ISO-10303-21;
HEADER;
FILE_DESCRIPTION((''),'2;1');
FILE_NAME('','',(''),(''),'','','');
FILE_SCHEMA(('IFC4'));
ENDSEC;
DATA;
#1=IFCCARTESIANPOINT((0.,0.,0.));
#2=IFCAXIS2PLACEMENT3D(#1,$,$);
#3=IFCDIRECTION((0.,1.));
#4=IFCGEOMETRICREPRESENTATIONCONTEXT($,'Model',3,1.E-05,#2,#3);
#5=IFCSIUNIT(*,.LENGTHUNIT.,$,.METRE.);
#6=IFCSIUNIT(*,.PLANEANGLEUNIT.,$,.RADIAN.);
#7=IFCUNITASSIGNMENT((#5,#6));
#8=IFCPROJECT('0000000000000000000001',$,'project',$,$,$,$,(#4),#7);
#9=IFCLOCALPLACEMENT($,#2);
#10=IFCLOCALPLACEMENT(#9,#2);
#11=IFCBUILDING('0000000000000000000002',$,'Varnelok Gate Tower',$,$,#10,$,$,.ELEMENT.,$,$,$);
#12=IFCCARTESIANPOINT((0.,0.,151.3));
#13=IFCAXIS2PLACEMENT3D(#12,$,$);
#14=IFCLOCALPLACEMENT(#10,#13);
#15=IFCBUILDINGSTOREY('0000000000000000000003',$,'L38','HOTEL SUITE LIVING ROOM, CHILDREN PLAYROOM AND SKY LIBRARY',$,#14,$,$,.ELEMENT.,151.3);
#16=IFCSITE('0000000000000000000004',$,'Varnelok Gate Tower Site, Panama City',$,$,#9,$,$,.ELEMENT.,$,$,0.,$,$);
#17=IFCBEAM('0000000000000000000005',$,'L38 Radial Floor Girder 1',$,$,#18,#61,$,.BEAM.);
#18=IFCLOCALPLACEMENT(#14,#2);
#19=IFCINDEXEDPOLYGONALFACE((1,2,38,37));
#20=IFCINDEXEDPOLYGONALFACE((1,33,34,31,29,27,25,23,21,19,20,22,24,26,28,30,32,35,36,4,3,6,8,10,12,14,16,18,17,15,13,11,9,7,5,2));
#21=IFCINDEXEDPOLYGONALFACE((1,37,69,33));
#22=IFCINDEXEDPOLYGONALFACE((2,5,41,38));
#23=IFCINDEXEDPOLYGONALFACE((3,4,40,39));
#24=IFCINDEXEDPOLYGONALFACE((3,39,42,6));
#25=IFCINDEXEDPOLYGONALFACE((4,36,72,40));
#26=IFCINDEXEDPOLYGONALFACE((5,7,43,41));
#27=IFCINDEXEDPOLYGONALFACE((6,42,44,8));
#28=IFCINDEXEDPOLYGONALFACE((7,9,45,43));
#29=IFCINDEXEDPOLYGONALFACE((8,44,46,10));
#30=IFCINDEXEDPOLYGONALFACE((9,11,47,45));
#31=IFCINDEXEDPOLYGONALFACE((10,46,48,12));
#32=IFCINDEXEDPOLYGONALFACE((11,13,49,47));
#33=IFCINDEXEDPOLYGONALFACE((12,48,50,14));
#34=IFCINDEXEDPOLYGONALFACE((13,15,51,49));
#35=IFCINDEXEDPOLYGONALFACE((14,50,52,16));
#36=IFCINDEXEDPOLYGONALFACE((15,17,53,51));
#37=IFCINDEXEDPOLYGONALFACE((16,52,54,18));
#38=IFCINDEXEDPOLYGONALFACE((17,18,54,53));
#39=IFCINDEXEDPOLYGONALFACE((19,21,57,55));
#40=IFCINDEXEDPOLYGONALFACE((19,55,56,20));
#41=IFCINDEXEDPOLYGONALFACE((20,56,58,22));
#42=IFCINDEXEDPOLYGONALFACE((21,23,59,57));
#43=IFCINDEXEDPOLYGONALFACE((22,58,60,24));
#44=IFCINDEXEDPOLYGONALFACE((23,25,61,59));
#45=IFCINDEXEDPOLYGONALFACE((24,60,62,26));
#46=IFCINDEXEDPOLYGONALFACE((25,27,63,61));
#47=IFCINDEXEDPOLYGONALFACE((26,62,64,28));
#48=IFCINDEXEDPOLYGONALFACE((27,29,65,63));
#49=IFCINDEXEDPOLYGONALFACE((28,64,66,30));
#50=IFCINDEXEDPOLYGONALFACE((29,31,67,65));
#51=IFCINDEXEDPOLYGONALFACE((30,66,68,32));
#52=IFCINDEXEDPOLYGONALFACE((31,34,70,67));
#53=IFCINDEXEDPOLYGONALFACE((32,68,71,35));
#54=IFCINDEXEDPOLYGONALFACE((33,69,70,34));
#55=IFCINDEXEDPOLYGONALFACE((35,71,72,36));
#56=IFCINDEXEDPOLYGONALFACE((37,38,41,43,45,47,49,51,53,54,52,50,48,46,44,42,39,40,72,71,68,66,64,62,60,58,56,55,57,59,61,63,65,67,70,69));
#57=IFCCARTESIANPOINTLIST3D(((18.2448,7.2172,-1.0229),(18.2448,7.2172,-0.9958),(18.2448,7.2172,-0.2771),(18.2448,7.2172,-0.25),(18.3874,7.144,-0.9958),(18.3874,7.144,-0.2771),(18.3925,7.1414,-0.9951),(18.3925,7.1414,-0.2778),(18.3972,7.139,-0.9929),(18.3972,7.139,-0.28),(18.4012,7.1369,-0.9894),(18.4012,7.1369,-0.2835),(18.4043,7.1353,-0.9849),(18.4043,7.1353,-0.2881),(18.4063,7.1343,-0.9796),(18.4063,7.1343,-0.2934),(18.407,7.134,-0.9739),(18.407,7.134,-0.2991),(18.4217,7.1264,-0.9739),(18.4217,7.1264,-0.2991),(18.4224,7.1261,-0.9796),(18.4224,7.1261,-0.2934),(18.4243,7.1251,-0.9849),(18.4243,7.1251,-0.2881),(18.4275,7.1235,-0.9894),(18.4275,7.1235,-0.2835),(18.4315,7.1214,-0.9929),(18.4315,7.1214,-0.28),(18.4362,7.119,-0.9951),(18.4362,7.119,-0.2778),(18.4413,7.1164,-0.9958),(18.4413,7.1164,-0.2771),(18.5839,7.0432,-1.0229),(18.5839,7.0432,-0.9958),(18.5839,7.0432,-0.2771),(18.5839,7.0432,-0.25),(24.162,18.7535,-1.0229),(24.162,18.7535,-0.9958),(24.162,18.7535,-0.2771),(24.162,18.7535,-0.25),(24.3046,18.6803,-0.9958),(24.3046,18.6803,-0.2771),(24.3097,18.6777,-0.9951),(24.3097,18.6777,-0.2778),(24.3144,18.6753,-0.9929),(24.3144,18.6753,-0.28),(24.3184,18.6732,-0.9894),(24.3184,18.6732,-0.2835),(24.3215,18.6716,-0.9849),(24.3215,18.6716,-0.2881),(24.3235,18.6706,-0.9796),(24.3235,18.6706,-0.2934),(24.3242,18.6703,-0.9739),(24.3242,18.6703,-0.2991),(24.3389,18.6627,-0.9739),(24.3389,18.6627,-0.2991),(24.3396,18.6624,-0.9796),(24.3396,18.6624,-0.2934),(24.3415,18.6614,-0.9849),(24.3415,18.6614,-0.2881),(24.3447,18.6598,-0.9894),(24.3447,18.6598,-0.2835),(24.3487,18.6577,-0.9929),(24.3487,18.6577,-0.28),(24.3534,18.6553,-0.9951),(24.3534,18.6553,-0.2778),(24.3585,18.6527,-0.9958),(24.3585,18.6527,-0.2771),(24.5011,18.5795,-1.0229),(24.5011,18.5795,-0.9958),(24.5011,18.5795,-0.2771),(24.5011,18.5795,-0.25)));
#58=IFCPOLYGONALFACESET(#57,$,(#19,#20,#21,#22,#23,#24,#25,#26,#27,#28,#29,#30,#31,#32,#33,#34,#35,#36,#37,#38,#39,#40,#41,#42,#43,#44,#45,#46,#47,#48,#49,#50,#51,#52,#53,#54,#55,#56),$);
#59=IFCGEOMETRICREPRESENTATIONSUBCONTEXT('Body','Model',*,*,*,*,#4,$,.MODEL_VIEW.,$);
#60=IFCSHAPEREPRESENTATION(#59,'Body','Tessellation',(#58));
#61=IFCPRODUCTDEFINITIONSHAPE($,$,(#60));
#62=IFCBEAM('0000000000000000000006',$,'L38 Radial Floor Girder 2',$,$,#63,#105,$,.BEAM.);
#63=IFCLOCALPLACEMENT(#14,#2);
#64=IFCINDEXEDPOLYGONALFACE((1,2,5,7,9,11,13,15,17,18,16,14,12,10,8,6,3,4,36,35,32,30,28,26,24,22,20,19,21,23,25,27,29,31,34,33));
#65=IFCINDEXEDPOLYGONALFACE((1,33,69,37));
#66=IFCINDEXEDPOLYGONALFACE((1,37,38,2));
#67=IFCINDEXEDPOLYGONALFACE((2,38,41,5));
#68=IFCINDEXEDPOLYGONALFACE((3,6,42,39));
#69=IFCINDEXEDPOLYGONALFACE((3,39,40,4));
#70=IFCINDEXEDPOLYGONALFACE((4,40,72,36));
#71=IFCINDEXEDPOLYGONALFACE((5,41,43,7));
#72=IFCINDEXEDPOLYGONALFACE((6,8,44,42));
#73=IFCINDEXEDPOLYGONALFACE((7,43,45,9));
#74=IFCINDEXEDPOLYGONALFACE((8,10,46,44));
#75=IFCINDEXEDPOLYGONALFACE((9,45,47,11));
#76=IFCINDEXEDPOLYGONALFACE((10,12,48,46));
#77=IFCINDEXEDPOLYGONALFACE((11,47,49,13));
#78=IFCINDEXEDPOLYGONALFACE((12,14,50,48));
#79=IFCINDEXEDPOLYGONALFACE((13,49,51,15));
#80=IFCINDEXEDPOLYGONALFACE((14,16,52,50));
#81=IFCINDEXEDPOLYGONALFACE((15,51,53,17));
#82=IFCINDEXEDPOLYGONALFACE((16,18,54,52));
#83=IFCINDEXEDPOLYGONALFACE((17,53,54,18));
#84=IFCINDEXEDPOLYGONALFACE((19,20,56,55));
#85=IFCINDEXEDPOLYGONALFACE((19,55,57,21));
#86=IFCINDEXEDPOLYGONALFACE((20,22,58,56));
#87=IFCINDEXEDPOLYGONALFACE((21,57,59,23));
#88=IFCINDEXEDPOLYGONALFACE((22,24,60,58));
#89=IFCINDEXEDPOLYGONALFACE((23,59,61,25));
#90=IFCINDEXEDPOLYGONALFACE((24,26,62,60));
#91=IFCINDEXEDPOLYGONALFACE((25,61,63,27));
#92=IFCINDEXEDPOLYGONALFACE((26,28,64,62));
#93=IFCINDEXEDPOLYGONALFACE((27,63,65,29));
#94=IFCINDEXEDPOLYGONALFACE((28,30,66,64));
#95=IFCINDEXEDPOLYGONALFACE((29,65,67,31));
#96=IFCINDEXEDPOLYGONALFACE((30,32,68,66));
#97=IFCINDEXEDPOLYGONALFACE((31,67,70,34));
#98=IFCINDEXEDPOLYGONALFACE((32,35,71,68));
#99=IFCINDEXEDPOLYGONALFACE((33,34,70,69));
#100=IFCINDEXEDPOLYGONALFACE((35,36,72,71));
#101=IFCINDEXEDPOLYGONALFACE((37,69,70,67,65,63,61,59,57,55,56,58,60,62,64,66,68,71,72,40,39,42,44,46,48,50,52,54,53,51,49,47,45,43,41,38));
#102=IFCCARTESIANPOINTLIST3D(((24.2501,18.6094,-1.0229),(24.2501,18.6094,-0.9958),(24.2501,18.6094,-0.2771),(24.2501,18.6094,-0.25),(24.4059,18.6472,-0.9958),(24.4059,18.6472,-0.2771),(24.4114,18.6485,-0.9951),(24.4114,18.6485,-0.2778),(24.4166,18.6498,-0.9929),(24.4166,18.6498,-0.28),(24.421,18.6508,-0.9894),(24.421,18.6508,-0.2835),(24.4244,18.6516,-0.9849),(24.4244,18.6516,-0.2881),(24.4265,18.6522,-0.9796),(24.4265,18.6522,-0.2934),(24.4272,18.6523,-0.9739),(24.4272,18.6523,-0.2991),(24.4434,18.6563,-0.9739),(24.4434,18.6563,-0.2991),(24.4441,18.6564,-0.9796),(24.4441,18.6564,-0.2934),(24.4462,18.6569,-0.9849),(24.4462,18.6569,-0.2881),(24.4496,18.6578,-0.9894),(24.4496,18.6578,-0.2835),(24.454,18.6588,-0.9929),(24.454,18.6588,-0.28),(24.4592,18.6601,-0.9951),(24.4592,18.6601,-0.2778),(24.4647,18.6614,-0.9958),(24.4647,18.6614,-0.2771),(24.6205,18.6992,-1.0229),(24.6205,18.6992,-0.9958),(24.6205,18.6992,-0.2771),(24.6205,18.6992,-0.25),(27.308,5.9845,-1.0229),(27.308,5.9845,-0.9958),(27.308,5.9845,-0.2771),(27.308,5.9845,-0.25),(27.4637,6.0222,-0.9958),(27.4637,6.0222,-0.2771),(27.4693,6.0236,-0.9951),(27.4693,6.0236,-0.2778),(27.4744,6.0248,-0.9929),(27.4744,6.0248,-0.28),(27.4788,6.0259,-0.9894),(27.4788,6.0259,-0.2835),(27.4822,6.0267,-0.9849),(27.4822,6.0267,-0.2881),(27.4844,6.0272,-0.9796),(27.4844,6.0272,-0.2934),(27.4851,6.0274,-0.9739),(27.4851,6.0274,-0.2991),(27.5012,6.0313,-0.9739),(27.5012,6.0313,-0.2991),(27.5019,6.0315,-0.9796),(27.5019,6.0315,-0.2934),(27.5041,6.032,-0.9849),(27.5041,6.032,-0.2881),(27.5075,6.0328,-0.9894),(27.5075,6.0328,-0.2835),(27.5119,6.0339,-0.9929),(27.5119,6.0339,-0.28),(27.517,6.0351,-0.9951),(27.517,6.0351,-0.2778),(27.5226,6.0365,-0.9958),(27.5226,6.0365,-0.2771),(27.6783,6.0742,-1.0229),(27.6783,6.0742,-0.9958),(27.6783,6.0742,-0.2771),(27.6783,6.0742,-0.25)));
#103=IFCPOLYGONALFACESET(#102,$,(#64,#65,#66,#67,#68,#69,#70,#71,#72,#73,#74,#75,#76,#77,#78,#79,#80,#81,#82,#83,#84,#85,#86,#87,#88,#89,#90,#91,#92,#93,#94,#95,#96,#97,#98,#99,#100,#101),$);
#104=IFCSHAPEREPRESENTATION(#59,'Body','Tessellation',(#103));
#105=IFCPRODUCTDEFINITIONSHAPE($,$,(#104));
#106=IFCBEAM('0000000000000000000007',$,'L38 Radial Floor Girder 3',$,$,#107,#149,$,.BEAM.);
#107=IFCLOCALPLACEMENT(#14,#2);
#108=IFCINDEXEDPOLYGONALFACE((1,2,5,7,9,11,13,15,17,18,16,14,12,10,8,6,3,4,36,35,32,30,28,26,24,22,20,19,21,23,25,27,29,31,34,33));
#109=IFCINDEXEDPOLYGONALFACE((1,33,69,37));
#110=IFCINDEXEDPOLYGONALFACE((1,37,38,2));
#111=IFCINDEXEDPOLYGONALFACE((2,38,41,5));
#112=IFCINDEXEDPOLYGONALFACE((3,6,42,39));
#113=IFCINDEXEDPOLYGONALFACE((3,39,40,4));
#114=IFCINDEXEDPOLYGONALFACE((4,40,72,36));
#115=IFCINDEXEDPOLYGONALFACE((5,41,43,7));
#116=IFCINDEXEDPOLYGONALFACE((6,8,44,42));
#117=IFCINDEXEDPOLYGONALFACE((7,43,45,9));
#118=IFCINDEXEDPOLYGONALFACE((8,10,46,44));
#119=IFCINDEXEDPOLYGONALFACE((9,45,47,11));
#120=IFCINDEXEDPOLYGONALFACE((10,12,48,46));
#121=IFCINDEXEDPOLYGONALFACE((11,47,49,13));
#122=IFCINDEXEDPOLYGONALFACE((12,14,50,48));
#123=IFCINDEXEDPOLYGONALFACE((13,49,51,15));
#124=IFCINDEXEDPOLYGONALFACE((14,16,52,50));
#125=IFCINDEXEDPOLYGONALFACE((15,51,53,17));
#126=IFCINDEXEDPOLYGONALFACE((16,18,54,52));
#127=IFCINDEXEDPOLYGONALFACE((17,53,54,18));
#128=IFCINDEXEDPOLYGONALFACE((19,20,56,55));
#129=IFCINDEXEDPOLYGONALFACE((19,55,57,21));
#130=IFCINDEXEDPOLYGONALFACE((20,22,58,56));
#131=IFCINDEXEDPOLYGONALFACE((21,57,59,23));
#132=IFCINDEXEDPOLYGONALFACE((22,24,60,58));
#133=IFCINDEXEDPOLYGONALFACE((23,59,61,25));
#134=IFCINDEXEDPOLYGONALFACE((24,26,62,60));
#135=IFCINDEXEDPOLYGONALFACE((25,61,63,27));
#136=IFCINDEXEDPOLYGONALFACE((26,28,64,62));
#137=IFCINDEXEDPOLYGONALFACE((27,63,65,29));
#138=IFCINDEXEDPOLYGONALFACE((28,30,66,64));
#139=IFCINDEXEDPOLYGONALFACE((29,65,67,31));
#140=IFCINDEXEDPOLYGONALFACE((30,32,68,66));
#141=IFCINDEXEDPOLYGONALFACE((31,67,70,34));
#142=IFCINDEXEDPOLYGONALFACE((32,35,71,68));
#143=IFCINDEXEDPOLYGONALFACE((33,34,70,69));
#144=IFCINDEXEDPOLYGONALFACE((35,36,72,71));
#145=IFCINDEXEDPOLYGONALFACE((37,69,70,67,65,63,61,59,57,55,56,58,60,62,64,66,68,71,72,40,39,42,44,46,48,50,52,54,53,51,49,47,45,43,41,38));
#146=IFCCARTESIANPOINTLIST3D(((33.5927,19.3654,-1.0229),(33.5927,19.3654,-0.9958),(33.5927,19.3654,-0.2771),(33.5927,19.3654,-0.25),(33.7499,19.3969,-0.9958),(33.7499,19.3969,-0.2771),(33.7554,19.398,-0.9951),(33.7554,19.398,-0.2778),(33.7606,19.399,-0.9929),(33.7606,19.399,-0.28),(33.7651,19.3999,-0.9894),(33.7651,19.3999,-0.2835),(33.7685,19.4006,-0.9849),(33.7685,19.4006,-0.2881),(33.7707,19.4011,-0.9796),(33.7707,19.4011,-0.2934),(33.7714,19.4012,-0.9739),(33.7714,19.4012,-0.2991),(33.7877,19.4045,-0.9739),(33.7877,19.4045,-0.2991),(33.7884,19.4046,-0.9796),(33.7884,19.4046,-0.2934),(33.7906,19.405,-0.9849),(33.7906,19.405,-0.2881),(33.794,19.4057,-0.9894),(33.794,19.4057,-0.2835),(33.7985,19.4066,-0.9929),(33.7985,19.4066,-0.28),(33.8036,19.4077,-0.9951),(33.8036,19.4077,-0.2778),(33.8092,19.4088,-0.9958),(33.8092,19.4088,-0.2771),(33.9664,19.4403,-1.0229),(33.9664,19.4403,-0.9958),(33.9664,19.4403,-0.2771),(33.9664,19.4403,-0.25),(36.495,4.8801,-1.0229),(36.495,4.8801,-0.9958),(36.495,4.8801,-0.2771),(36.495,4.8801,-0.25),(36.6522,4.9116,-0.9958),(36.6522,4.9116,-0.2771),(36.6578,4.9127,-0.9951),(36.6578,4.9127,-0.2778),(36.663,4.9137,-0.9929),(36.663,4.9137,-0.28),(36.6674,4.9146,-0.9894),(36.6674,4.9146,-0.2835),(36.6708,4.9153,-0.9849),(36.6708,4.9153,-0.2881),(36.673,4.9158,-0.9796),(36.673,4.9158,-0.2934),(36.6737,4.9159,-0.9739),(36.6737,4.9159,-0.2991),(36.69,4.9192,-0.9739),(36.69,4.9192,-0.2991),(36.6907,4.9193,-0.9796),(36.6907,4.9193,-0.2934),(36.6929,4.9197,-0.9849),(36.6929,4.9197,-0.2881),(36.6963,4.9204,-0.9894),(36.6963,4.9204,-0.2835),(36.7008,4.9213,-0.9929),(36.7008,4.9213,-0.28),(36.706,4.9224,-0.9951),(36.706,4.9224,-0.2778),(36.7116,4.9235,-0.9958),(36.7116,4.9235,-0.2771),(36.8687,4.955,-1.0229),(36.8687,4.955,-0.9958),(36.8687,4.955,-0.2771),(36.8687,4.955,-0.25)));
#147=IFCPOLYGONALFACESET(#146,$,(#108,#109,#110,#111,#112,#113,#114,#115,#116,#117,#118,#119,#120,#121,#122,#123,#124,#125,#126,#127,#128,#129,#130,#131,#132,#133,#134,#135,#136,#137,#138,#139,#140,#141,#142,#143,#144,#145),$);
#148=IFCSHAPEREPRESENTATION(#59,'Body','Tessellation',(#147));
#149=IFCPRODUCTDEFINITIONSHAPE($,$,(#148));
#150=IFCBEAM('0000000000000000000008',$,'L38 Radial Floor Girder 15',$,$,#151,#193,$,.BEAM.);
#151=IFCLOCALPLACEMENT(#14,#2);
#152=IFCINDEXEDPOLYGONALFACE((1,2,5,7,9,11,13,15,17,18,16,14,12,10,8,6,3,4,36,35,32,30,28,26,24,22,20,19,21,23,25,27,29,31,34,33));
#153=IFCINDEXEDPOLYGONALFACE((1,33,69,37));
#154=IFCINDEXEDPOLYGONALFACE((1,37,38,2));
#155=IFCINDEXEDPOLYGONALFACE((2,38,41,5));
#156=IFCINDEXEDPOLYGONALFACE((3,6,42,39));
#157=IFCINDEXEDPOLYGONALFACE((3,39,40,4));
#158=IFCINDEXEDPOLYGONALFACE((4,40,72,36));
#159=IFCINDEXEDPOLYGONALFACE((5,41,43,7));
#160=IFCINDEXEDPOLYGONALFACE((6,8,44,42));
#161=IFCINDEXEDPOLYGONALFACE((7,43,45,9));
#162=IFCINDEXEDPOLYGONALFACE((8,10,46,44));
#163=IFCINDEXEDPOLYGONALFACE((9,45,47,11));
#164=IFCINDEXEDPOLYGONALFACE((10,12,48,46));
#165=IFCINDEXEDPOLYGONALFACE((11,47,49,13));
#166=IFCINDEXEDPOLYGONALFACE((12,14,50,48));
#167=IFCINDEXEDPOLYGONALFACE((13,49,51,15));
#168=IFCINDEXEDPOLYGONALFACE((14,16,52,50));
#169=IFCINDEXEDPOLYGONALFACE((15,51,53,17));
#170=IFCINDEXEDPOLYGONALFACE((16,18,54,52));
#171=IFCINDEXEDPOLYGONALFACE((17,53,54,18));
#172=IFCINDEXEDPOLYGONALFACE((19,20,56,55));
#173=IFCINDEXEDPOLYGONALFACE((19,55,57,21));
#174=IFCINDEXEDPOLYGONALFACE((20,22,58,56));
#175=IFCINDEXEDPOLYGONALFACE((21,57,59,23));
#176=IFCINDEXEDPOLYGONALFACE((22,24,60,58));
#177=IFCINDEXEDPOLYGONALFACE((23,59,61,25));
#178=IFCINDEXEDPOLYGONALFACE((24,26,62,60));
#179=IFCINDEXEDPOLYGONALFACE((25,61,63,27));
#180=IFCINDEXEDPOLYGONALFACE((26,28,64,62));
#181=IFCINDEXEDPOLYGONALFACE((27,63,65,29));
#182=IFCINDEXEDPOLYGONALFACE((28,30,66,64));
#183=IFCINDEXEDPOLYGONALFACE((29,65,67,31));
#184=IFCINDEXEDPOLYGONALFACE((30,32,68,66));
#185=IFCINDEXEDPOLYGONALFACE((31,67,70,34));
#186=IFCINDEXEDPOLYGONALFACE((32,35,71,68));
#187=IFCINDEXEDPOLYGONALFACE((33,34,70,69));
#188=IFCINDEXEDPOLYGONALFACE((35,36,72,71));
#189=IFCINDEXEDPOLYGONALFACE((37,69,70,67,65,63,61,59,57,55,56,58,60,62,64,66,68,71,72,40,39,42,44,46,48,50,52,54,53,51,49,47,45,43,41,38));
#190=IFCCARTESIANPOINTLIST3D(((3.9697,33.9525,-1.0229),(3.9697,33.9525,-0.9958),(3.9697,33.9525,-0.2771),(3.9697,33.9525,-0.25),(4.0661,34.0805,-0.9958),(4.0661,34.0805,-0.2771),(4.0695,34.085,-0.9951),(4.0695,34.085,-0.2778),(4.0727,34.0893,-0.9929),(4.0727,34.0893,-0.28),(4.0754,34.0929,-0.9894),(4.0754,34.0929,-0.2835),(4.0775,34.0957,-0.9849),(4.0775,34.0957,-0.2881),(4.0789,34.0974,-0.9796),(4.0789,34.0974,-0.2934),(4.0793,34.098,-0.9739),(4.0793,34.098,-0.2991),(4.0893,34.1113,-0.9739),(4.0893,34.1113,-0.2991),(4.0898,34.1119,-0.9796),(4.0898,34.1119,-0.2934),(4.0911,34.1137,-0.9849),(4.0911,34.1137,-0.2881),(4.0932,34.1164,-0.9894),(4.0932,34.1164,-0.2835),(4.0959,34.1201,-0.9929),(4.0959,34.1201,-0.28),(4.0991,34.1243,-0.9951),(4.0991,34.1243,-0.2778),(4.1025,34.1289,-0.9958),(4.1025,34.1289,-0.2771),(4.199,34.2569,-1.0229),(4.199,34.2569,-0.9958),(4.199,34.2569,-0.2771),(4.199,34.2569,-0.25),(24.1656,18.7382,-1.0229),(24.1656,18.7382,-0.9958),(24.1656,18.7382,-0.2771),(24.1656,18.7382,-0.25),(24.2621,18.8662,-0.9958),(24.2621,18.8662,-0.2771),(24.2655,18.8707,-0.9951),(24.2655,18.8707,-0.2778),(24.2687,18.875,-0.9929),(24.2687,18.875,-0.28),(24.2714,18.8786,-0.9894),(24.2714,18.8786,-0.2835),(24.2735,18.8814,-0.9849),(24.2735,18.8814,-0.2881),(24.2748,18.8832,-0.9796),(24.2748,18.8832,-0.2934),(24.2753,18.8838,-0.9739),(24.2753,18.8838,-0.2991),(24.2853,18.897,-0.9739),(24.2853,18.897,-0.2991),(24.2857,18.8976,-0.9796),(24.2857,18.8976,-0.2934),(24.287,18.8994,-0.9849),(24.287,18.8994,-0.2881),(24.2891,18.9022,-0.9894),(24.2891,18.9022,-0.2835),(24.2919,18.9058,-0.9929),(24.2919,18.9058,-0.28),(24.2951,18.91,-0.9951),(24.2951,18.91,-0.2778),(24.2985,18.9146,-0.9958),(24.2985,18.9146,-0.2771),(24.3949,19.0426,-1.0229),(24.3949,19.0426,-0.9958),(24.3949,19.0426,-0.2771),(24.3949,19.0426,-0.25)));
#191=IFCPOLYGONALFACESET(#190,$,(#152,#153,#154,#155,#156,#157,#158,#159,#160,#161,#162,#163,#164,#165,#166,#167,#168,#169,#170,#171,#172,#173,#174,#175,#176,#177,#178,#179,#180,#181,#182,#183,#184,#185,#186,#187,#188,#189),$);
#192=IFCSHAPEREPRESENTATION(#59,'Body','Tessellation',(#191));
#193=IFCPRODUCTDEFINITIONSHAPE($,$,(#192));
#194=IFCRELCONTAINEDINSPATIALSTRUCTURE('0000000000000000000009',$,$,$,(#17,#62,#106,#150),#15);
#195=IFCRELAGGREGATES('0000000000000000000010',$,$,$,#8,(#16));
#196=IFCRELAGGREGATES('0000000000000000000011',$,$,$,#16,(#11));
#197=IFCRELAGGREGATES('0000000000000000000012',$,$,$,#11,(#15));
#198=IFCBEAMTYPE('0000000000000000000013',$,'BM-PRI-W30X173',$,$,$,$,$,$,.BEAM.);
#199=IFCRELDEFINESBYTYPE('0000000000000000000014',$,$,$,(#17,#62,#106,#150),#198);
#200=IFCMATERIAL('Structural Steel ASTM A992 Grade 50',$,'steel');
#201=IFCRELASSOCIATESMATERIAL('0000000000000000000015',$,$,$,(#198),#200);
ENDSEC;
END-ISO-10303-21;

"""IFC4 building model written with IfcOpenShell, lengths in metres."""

from ifc_helpers import new_model, si_unit, direction, frame, origin, origin_2d, place, context, subcontext, project, spatial, i_section, extrude, material, material_profile, profile_set, type_object, element, save


model = new_model("IFC4")

# Units and contexts
model_context = context("Model", 3, precision=1e-05, world=origin(), true_north=direction((0.0, 1.0)))
body_context = subcontext(model_context, "Body", "Model", "MODEL_VIEW")
ifc_project = project(units=[si_unit("LENGTHUNIT", "METRE"), si_unit("PLANEANGLEUNIT", "RADIAN")], contexts=[model_context])

# Site, building, storey
site_placement = place(None, origin())
site = spatial("IfcSite", under=ifc_project, at=site_placement, Name="Varnelok Gate Tower Site, Panama City", CompositionType="ELEMENT", RefElevation=0.0)
building_placement = place(site_placement, origin())
building = spatial("IfcBuilding", under=site, at=building_placement, Name="Varnelok Gate Tower", CompositionType="ELEMENT")
storey_placement = place(building_placement, frame((0.0, 0.0, 151.3)))
storey = spatial("IfcBuildingStorey", under=building, at=storey_placement, Name="L38", Description="HOTEL SUITE LIVING ROOM, CHILDREN PLAYROOM AND SKY LIBRARY", CompositionType="ELEMENT", Elevation=151.3)

# Shared definitions
ifc_material_1 = material(Name="Structural Steel ASTM A992 Grade 50", Category="steel")

# Beams
ifc_material_profile_1 = material_profile(ifc_material_1, i_section(OverallWidth=0.3811, OverallDepth=0.7729, WebThickness=0.0166, FlangeThickness=0.0271, FilletRadius=0.022, at=origin_2d()), Name="W30X173")
ifc_profile_set_1 = profile_set([ifc_material_profile_1], Name="Structural Steel ASTM A992 Grade 50")
beam_type_1 = type_object("IfcBeamType", Name="BM-PRI-W30X173", PredefinedType="BEAM", material=ifc_profile_set_1)
beam_1_placement = place(storey_placement, frame((24.3315, 18.6665, -0.6365), z_axis=(-0.456387, -0.889782, 0.0), x_axis=(0.889782, -0.456387, 0.0)))
element("IfcBeam", 1, at=beam_1_placement, inside=storey, type_object=beam_type_1, Name="L38 Radial Floor Girder 1", PredefinedType="BEAM", context=body_context, shape_type="SweptSolid", body=[
    extrude(i_section(OverallWidth=0.3811, OverallDepth=0.7729, WebThickness=0.0166, FlangeThickness=0.0271, FilletRadius=0.022, at=origin_2d()), origin(), (0.0, 0.0, 1.0), 12.9653),
])
beam_2_placement = place(storey_placement, frame((24.4353, 18.6543, -0.6365), z_axis=(0.2354, -0.971898, 0.0), x_axis=(0.971898, 0.2354, 0.0)))
element("IfcBeam", 2, at=beam_2_placement, inside=storey, type_object=beam_type_1, Name="L38 Radial Floor Girder 2", PredefinedType="BEAM", context=body_context, shape_type="SweptSolid", body=[
    extrude(i_section(OverallWidth=0.3811, OverallDepth=0.7729, WebThickness=0.0166, FlangeThickness=0.0271, FilletRadius=0.022, at=origin_2d()), origin(), (0.0, 0.0, 1.0), 12.99),
])
beam_3_placement = place(storey_placement, frame((33.7795, 19.4028, -0.6365), z_axis=(0.196459, -0.980512, 0.0), x_axis=(0.980512, 0.196459, 0.0)))
element("IfcBeam", 3, at=beam_3_placement, inside=storey, type_object=beam_type_1, Name="L38 Radial Floor Girder 3", PredefinedType="BEAM", context=body_context, shape_type="SweptSolid", body=[
    extrude(i_section(OverallWidth=0.3811, OverallDepth=0.7729, WebThickness=0.0166, FlangeThickness=0.0271, FilletRadius=0.022, at=origin_2d()), origin(), (0.0, 0.0, 1.0), 14.7732),
])
beam_4_placement = place(storey_placement, frame((24.2803, 18.8904, -0.6365), z_axis=(-0.79872, 0.601703, 0.0), x_axis=(-0.601703, -0.79872, 0.0)))
element("IfcBeam", 4, at=beam_4_placement, inside=storey, type_object=beam_type_1, Name="L38 Radial Floor Girder 15", PredefinedType="BEAM", context=body_context, shape_type="SweptSolid", body=[
    extrude(i_section(OverallWidth=0.3811, OverallDepth=0.7729, WebThickness=0.0166, FlangeThickness=0.0271, FilletRadius=0.022, at=origin_2d()), origin(), (0.0, 0.0, 1.0), 25.2854),
])

save(model, "model.ifc")
